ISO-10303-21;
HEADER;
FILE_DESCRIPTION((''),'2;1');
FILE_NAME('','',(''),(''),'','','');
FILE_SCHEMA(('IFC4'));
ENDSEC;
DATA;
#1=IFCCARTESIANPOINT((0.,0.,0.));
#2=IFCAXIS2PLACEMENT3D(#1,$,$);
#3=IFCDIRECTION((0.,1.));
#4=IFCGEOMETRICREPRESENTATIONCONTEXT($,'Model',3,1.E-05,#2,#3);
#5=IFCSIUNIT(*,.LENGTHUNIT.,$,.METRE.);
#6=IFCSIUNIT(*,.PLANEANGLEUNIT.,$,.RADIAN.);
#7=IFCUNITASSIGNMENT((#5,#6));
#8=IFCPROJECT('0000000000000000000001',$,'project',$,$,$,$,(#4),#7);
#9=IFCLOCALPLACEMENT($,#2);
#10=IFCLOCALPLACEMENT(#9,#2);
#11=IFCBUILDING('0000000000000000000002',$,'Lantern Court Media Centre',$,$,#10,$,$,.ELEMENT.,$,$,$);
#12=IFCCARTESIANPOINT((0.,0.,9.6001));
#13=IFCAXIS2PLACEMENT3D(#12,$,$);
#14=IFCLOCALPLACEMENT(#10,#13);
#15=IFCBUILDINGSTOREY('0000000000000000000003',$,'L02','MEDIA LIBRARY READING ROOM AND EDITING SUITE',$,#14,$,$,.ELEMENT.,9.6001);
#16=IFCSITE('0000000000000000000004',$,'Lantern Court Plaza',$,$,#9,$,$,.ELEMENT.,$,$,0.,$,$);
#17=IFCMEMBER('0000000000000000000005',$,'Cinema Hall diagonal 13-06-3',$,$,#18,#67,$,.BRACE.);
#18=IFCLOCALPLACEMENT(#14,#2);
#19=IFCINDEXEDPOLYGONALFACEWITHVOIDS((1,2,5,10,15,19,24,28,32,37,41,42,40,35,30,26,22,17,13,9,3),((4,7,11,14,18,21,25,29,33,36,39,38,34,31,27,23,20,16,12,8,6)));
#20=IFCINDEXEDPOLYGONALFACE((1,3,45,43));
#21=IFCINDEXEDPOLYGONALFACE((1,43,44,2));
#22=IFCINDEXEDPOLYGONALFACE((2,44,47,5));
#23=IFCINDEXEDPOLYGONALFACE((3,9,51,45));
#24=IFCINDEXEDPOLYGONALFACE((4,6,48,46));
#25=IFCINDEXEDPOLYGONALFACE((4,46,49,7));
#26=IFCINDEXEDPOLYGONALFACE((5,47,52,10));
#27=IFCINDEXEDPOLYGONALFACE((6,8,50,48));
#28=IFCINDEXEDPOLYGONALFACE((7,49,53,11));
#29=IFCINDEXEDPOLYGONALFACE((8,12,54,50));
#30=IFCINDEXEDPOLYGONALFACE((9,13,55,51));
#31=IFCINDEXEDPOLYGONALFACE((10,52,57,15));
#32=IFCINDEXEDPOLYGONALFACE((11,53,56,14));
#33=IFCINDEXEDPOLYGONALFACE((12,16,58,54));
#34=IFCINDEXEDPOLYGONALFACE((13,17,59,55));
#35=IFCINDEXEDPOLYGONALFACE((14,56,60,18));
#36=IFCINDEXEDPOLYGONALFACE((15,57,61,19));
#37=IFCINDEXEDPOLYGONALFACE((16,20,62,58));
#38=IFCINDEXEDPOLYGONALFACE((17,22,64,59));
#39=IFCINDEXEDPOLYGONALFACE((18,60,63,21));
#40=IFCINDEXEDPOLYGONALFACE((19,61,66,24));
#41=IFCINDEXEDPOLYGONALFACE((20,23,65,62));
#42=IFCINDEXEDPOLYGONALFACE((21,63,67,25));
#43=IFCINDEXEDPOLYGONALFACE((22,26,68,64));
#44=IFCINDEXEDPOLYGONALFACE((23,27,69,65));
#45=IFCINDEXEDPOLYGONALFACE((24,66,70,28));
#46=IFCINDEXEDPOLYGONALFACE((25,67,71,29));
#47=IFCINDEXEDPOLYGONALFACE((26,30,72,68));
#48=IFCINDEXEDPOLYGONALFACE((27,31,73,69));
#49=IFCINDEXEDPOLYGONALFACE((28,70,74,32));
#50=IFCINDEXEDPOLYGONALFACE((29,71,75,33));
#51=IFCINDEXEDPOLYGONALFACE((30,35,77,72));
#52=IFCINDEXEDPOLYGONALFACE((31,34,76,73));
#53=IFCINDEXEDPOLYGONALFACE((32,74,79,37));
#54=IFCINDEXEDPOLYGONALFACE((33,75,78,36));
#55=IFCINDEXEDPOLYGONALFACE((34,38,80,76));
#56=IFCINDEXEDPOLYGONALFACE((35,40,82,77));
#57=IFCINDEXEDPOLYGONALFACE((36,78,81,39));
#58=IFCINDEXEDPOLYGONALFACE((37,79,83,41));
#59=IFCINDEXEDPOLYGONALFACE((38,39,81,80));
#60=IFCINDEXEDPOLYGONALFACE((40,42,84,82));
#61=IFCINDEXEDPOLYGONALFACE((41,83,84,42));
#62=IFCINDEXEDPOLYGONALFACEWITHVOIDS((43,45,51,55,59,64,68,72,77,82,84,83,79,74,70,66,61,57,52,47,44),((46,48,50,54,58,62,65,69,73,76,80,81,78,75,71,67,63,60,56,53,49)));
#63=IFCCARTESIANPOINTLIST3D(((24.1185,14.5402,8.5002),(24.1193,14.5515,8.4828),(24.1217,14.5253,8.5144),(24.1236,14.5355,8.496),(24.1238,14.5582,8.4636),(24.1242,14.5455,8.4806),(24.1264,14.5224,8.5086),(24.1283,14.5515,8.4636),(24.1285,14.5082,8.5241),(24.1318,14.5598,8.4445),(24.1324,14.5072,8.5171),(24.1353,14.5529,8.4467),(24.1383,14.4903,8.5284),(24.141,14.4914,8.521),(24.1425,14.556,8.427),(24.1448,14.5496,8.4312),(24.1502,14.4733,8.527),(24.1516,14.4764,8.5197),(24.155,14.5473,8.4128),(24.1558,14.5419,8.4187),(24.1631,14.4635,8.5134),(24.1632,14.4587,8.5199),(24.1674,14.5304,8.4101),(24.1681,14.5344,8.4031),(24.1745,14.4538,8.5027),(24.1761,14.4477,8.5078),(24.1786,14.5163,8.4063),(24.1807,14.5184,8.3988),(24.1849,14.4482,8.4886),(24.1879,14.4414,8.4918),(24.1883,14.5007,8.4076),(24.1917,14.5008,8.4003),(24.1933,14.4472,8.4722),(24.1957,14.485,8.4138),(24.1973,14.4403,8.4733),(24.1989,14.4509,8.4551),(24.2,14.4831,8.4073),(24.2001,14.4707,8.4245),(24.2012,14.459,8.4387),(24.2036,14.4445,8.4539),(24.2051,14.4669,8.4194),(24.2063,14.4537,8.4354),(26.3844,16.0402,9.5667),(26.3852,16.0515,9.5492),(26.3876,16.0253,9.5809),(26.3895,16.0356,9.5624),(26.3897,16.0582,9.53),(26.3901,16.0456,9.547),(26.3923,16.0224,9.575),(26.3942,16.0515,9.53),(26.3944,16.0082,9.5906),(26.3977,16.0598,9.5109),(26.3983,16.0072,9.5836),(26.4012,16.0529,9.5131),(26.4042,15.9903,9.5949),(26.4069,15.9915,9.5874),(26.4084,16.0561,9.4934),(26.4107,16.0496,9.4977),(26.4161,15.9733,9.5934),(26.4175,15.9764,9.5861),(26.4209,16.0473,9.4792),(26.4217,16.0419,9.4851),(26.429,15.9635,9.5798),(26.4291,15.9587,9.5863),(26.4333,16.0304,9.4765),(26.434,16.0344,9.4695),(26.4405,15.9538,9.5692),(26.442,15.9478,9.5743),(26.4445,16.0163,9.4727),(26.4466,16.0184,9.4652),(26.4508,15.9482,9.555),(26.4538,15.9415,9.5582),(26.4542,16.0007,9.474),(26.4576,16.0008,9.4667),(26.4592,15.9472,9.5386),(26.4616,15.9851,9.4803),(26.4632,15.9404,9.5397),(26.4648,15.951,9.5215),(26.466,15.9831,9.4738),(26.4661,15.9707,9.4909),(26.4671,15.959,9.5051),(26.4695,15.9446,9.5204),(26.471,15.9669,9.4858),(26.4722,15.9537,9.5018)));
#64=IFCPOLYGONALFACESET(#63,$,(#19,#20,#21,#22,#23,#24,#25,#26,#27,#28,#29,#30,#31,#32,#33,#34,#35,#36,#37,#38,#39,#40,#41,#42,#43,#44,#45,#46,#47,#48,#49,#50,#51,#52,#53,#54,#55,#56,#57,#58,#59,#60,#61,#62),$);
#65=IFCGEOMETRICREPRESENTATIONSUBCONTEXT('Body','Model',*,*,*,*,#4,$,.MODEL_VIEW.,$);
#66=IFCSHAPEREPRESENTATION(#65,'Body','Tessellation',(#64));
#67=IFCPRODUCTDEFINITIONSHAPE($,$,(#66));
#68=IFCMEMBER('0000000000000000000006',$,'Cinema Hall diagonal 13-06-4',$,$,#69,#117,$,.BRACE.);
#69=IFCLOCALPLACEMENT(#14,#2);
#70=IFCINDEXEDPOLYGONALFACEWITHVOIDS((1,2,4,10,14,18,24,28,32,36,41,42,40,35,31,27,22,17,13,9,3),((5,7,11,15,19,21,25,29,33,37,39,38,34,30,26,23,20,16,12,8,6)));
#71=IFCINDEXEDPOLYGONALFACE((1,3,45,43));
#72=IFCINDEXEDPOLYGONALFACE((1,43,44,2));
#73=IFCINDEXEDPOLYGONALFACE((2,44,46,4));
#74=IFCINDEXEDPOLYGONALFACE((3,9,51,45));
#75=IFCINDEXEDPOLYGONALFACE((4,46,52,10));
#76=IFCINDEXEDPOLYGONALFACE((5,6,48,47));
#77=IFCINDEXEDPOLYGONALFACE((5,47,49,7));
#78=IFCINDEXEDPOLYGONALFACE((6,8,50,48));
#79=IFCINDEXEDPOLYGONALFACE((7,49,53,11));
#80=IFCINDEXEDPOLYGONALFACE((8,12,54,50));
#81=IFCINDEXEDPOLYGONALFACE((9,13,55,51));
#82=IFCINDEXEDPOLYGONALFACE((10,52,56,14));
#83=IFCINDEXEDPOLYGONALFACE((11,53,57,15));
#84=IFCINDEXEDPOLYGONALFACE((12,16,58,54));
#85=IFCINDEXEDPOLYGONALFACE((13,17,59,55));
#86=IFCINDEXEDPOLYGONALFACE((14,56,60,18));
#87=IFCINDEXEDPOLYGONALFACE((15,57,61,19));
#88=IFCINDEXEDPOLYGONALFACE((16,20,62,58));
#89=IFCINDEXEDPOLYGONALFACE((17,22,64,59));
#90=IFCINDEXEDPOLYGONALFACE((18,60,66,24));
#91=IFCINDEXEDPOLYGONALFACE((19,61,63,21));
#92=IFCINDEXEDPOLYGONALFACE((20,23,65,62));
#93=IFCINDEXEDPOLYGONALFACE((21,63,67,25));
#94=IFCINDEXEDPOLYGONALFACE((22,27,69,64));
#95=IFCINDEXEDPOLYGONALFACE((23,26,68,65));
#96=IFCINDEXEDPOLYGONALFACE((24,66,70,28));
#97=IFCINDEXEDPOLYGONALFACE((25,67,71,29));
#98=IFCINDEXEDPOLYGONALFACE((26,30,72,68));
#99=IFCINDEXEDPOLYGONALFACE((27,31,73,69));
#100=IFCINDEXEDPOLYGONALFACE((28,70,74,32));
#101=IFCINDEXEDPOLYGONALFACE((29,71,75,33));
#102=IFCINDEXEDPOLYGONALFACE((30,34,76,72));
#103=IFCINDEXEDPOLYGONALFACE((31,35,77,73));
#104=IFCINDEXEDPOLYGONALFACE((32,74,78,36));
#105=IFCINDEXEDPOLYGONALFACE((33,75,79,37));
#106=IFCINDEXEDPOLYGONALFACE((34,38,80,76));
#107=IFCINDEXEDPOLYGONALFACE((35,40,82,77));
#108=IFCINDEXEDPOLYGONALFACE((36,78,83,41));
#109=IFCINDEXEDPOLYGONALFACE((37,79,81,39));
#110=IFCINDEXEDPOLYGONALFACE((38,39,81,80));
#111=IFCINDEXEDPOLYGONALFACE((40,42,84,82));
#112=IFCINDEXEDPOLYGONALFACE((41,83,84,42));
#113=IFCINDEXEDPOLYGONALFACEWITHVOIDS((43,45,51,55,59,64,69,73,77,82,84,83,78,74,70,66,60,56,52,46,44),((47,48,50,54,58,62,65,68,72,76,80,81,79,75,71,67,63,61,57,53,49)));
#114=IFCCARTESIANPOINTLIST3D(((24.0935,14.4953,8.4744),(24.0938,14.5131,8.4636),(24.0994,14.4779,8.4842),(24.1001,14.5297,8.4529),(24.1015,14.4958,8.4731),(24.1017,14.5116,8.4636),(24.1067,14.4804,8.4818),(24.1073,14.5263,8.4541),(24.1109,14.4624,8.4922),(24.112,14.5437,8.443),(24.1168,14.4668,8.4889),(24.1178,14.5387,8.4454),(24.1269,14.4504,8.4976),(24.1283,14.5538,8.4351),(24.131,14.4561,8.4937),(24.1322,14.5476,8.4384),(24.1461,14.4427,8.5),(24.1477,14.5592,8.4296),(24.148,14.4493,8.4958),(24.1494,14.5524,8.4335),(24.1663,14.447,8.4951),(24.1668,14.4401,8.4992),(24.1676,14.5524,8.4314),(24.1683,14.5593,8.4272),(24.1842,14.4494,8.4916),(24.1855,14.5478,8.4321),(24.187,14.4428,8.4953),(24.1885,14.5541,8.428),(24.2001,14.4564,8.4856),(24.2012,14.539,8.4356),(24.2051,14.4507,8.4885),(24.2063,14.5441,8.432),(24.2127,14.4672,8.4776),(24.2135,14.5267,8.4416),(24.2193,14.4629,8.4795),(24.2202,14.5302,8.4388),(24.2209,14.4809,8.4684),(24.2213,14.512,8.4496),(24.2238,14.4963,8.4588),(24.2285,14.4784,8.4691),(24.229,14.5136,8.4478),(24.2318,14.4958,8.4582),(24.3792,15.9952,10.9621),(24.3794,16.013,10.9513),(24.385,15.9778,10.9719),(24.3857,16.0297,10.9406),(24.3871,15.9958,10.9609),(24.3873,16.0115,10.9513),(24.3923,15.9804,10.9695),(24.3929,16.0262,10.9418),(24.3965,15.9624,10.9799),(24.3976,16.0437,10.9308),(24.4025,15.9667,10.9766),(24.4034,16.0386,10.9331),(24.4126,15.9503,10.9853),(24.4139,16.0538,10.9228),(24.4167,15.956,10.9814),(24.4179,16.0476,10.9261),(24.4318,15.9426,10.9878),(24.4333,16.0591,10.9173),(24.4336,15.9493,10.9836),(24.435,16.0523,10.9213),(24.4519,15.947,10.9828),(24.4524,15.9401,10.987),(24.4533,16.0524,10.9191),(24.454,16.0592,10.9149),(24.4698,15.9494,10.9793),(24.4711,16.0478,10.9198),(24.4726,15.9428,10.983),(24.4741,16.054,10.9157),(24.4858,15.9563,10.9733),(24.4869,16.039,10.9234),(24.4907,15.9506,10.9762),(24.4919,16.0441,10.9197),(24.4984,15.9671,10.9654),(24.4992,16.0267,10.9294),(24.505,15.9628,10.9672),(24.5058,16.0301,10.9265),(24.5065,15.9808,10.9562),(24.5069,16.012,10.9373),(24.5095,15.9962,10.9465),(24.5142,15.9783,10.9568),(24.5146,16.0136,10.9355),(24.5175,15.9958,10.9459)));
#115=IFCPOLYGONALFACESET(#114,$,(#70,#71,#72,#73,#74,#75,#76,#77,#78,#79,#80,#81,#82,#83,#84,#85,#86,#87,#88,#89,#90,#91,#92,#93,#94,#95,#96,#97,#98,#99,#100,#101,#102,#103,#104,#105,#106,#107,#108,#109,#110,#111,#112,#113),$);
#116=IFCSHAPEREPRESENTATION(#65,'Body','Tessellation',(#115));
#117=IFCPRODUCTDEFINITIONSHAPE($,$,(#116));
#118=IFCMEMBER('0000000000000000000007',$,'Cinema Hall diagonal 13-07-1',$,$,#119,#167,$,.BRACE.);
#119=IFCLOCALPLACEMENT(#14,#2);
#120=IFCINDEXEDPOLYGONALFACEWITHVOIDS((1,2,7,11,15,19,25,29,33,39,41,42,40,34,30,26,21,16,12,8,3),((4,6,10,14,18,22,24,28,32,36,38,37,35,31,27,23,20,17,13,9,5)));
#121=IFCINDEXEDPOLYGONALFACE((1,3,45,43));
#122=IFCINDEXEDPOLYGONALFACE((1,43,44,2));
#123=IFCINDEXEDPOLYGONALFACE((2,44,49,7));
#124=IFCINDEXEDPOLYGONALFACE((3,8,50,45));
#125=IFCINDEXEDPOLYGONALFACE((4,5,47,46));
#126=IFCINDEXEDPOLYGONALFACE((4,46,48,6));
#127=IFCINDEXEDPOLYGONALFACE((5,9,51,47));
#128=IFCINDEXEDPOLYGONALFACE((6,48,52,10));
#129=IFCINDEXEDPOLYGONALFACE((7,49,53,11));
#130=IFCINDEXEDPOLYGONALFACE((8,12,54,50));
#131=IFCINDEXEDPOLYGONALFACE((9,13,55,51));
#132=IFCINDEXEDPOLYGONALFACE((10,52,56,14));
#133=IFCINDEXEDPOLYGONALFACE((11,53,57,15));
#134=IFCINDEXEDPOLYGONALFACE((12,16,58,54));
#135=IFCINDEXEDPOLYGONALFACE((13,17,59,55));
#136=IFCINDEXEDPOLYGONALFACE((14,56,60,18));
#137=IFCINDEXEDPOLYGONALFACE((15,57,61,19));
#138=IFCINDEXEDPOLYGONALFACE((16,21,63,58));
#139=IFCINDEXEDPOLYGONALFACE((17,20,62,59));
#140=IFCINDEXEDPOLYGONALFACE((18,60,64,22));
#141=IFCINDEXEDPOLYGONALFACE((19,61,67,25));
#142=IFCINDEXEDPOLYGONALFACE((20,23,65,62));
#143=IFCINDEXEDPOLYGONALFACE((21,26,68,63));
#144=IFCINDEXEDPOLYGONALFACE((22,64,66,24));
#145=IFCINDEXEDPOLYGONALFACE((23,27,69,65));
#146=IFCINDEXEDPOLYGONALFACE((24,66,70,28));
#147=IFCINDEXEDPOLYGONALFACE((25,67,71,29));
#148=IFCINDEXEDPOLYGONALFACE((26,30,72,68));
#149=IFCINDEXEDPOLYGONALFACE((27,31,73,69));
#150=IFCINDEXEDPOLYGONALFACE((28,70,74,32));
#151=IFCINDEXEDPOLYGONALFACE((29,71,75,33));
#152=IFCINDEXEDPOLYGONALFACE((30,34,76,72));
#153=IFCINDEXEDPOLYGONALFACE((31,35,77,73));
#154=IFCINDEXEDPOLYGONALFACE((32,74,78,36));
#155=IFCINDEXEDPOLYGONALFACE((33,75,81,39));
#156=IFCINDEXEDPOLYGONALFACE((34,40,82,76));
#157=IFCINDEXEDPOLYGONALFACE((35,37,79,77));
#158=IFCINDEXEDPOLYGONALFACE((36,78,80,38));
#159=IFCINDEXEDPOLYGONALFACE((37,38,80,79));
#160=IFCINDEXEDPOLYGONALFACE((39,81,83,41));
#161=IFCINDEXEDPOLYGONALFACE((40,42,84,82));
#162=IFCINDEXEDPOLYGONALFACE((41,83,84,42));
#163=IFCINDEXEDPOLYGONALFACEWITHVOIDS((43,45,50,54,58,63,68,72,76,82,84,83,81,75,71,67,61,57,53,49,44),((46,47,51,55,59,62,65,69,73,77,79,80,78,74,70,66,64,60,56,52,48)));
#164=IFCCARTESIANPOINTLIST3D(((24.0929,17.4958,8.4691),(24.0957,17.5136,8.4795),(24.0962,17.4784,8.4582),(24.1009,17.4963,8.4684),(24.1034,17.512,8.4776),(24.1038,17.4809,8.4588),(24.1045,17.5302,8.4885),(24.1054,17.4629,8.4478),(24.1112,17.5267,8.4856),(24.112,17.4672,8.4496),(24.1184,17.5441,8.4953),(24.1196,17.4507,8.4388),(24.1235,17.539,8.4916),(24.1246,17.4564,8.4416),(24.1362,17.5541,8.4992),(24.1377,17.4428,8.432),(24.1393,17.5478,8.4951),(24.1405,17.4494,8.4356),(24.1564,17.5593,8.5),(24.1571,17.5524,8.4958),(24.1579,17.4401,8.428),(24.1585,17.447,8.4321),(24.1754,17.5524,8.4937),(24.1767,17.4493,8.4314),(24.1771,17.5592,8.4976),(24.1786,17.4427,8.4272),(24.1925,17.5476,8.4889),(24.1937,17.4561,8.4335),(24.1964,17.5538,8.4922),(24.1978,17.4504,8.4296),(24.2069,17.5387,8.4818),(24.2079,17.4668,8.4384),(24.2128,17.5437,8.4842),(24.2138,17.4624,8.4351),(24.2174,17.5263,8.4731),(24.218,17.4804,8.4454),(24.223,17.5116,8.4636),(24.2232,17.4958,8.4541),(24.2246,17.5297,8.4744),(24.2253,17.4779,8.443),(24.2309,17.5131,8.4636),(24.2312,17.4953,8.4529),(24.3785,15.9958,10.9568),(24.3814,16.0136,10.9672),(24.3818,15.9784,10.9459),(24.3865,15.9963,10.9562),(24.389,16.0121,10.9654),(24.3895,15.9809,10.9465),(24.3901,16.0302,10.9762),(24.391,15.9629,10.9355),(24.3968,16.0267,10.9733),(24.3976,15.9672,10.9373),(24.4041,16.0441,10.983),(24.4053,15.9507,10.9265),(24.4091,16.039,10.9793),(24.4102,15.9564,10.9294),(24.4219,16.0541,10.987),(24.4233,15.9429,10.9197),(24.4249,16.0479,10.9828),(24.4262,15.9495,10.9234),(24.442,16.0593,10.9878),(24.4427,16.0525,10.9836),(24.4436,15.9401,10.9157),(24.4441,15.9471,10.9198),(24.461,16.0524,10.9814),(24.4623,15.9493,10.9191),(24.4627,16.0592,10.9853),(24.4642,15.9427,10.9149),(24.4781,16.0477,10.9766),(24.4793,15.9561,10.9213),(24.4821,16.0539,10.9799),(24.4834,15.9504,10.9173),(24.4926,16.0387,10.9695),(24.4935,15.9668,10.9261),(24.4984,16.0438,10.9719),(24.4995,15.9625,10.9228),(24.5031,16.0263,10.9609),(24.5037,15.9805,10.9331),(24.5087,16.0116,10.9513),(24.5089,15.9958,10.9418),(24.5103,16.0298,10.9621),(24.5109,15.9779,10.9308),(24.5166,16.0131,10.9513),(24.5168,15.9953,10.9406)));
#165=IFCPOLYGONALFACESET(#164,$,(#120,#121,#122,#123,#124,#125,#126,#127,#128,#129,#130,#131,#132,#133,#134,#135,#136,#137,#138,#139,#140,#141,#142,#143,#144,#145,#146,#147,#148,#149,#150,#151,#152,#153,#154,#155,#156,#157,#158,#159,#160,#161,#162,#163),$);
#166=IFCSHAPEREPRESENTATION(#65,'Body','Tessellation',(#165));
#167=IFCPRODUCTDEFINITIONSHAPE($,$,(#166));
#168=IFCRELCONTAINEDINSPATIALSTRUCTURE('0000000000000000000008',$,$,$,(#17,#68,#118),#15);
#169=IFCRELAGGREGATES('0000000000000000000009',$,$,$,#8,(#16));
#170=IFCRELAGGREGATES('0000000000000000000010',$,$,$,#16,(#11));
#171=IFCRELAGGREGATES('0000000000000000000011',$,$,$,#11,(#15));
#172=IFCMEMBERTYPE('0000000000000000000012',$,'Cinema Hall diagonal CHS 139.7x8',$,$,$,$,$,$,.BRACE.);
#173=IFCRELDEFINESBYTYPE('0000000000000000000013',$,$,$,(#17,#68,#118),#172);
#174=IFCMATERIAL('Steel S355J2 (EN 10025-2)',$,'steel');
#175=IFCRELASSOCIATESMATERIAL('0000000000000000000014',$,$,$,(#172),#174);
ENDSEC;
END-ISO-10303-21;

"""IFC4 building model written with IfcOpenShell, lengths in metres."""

from ifc_helpers import new_model, si_unit, direction, frame, origin, origin_2d, place, context, subcontext, project, spatial, hollow_circle, extrude, material, material_profile, profile_set, type_object, element, save


model = new_model("IFC4")

# Units and contexts
model_context = context("Model", 3, precision=1e-05, world=origin(), true_north=direction((0.0, 1.0)))
body_context = subcontext(model_context, "Body", "Model", "MODEL_VIEW")
ifc_project = project(units=[si_unit("LENGTHUNIT", "METRE"), si_unit("PLANEANGLEUNIT", "RADIAN")], contexts=[model_context])

# Site, building, storey
site_placement = place(None, origin())
site = spatial("IfcSite", under=ifc_project, at=site_placement, Name="Lantern Court Plaza", CompositionType="ELEMENT", RefElevation=0.0)
building_placement = place(site_placement, origin())
building = spatial("IfcBuilding", under=site, at=building_placement, Name="Lantern Court Media Centre", CompositionType="ELEMENT")
storey_placement = place(building_placement, frame((0.0, 0.0, 9.6001)))
storey = spatial("IfcBuildingStorey", under=building, at=storey_placement, Name="L02", Description="MEDIA LIBRARY READING ROOM AND EDITING SUITE", CompositionType="ELEMENT", Elevation=9.6001)

# Members
ifc_material_1 = material(Name="Steel S355J2 (EN 10025-2)", Category="steel")
ifc_material_profile_1 = material_profile(ifc_material_1, hollow_circle(Radius=0.0698, WallThickness=0.0081, at=origin_2d()), Name="Cinema Hall diagonal CHS 139.7x8")
ifc_profile_set_1 = profile_set([ifc_material_profile_1], Name="Steel S355J2 (EN 10025-2)")
member_type_1 = type_object("IfcMemberType", Name="Cinema Hall diagonal CHS 139.7x8", PredefinedType="BRACE", material=ifc_profile_set_1)
for number, where, z_axis, x_axis, name in (
    (1, (24.1624, 14.5, 8.4636), (0.776211, 0.51385, 0.365315), (-0.552002, 0.833843, 0.0), "Cinema Hall diagonal 13-06-3"),
):
    element("IfcMember", number, at=place(storey_placement, frame(where, z_axis=z_axis, x_axis=x_axis)), inside=storey, type_object=member_type_1, Name=name, PredefinedType="BRACE", context=body_context, shape_type="SweptSolid", body=[
        extrude(hollow_circle(Radius=0.0698, WallThickness=0.0081, at=origin_2d()), origin(), (0.0, 0.0, 1.0), 2.9192),
    ])
for number, where, z_axis, x_axis, name in (
    (2, (24.1624, 14.5, 8.4636), (0.097856, 0.51387, 0.852268), (-0.982347, 0.187068, 0.0), "Cinema Hall diagonal 13-06-4"),
    (3, (24.1624, 17.5, 8.4636), (0.097856, -0.51387, 0.852268), (0.982347, 0.187068, 0.0), "Cinema Hall diagonal 13-07-1"),
):
    element("IfcMember", number, at=place(storey_placement, frame(where, z_axis=z_axis, x_axis=x_axis)), inside=storey, type_object=member_type_1, Name=name, PredefinedType="BRACE", context=body_context, shape_type="SweptSolid", body=[
        extrude(hollow_circle(Radius=0.0698, WallThickness=0.0081, at=origin_2d()), origin(), (0.0, 0.0, 1.0), 2.9189),
    ])

save(model, "model.ifc")
